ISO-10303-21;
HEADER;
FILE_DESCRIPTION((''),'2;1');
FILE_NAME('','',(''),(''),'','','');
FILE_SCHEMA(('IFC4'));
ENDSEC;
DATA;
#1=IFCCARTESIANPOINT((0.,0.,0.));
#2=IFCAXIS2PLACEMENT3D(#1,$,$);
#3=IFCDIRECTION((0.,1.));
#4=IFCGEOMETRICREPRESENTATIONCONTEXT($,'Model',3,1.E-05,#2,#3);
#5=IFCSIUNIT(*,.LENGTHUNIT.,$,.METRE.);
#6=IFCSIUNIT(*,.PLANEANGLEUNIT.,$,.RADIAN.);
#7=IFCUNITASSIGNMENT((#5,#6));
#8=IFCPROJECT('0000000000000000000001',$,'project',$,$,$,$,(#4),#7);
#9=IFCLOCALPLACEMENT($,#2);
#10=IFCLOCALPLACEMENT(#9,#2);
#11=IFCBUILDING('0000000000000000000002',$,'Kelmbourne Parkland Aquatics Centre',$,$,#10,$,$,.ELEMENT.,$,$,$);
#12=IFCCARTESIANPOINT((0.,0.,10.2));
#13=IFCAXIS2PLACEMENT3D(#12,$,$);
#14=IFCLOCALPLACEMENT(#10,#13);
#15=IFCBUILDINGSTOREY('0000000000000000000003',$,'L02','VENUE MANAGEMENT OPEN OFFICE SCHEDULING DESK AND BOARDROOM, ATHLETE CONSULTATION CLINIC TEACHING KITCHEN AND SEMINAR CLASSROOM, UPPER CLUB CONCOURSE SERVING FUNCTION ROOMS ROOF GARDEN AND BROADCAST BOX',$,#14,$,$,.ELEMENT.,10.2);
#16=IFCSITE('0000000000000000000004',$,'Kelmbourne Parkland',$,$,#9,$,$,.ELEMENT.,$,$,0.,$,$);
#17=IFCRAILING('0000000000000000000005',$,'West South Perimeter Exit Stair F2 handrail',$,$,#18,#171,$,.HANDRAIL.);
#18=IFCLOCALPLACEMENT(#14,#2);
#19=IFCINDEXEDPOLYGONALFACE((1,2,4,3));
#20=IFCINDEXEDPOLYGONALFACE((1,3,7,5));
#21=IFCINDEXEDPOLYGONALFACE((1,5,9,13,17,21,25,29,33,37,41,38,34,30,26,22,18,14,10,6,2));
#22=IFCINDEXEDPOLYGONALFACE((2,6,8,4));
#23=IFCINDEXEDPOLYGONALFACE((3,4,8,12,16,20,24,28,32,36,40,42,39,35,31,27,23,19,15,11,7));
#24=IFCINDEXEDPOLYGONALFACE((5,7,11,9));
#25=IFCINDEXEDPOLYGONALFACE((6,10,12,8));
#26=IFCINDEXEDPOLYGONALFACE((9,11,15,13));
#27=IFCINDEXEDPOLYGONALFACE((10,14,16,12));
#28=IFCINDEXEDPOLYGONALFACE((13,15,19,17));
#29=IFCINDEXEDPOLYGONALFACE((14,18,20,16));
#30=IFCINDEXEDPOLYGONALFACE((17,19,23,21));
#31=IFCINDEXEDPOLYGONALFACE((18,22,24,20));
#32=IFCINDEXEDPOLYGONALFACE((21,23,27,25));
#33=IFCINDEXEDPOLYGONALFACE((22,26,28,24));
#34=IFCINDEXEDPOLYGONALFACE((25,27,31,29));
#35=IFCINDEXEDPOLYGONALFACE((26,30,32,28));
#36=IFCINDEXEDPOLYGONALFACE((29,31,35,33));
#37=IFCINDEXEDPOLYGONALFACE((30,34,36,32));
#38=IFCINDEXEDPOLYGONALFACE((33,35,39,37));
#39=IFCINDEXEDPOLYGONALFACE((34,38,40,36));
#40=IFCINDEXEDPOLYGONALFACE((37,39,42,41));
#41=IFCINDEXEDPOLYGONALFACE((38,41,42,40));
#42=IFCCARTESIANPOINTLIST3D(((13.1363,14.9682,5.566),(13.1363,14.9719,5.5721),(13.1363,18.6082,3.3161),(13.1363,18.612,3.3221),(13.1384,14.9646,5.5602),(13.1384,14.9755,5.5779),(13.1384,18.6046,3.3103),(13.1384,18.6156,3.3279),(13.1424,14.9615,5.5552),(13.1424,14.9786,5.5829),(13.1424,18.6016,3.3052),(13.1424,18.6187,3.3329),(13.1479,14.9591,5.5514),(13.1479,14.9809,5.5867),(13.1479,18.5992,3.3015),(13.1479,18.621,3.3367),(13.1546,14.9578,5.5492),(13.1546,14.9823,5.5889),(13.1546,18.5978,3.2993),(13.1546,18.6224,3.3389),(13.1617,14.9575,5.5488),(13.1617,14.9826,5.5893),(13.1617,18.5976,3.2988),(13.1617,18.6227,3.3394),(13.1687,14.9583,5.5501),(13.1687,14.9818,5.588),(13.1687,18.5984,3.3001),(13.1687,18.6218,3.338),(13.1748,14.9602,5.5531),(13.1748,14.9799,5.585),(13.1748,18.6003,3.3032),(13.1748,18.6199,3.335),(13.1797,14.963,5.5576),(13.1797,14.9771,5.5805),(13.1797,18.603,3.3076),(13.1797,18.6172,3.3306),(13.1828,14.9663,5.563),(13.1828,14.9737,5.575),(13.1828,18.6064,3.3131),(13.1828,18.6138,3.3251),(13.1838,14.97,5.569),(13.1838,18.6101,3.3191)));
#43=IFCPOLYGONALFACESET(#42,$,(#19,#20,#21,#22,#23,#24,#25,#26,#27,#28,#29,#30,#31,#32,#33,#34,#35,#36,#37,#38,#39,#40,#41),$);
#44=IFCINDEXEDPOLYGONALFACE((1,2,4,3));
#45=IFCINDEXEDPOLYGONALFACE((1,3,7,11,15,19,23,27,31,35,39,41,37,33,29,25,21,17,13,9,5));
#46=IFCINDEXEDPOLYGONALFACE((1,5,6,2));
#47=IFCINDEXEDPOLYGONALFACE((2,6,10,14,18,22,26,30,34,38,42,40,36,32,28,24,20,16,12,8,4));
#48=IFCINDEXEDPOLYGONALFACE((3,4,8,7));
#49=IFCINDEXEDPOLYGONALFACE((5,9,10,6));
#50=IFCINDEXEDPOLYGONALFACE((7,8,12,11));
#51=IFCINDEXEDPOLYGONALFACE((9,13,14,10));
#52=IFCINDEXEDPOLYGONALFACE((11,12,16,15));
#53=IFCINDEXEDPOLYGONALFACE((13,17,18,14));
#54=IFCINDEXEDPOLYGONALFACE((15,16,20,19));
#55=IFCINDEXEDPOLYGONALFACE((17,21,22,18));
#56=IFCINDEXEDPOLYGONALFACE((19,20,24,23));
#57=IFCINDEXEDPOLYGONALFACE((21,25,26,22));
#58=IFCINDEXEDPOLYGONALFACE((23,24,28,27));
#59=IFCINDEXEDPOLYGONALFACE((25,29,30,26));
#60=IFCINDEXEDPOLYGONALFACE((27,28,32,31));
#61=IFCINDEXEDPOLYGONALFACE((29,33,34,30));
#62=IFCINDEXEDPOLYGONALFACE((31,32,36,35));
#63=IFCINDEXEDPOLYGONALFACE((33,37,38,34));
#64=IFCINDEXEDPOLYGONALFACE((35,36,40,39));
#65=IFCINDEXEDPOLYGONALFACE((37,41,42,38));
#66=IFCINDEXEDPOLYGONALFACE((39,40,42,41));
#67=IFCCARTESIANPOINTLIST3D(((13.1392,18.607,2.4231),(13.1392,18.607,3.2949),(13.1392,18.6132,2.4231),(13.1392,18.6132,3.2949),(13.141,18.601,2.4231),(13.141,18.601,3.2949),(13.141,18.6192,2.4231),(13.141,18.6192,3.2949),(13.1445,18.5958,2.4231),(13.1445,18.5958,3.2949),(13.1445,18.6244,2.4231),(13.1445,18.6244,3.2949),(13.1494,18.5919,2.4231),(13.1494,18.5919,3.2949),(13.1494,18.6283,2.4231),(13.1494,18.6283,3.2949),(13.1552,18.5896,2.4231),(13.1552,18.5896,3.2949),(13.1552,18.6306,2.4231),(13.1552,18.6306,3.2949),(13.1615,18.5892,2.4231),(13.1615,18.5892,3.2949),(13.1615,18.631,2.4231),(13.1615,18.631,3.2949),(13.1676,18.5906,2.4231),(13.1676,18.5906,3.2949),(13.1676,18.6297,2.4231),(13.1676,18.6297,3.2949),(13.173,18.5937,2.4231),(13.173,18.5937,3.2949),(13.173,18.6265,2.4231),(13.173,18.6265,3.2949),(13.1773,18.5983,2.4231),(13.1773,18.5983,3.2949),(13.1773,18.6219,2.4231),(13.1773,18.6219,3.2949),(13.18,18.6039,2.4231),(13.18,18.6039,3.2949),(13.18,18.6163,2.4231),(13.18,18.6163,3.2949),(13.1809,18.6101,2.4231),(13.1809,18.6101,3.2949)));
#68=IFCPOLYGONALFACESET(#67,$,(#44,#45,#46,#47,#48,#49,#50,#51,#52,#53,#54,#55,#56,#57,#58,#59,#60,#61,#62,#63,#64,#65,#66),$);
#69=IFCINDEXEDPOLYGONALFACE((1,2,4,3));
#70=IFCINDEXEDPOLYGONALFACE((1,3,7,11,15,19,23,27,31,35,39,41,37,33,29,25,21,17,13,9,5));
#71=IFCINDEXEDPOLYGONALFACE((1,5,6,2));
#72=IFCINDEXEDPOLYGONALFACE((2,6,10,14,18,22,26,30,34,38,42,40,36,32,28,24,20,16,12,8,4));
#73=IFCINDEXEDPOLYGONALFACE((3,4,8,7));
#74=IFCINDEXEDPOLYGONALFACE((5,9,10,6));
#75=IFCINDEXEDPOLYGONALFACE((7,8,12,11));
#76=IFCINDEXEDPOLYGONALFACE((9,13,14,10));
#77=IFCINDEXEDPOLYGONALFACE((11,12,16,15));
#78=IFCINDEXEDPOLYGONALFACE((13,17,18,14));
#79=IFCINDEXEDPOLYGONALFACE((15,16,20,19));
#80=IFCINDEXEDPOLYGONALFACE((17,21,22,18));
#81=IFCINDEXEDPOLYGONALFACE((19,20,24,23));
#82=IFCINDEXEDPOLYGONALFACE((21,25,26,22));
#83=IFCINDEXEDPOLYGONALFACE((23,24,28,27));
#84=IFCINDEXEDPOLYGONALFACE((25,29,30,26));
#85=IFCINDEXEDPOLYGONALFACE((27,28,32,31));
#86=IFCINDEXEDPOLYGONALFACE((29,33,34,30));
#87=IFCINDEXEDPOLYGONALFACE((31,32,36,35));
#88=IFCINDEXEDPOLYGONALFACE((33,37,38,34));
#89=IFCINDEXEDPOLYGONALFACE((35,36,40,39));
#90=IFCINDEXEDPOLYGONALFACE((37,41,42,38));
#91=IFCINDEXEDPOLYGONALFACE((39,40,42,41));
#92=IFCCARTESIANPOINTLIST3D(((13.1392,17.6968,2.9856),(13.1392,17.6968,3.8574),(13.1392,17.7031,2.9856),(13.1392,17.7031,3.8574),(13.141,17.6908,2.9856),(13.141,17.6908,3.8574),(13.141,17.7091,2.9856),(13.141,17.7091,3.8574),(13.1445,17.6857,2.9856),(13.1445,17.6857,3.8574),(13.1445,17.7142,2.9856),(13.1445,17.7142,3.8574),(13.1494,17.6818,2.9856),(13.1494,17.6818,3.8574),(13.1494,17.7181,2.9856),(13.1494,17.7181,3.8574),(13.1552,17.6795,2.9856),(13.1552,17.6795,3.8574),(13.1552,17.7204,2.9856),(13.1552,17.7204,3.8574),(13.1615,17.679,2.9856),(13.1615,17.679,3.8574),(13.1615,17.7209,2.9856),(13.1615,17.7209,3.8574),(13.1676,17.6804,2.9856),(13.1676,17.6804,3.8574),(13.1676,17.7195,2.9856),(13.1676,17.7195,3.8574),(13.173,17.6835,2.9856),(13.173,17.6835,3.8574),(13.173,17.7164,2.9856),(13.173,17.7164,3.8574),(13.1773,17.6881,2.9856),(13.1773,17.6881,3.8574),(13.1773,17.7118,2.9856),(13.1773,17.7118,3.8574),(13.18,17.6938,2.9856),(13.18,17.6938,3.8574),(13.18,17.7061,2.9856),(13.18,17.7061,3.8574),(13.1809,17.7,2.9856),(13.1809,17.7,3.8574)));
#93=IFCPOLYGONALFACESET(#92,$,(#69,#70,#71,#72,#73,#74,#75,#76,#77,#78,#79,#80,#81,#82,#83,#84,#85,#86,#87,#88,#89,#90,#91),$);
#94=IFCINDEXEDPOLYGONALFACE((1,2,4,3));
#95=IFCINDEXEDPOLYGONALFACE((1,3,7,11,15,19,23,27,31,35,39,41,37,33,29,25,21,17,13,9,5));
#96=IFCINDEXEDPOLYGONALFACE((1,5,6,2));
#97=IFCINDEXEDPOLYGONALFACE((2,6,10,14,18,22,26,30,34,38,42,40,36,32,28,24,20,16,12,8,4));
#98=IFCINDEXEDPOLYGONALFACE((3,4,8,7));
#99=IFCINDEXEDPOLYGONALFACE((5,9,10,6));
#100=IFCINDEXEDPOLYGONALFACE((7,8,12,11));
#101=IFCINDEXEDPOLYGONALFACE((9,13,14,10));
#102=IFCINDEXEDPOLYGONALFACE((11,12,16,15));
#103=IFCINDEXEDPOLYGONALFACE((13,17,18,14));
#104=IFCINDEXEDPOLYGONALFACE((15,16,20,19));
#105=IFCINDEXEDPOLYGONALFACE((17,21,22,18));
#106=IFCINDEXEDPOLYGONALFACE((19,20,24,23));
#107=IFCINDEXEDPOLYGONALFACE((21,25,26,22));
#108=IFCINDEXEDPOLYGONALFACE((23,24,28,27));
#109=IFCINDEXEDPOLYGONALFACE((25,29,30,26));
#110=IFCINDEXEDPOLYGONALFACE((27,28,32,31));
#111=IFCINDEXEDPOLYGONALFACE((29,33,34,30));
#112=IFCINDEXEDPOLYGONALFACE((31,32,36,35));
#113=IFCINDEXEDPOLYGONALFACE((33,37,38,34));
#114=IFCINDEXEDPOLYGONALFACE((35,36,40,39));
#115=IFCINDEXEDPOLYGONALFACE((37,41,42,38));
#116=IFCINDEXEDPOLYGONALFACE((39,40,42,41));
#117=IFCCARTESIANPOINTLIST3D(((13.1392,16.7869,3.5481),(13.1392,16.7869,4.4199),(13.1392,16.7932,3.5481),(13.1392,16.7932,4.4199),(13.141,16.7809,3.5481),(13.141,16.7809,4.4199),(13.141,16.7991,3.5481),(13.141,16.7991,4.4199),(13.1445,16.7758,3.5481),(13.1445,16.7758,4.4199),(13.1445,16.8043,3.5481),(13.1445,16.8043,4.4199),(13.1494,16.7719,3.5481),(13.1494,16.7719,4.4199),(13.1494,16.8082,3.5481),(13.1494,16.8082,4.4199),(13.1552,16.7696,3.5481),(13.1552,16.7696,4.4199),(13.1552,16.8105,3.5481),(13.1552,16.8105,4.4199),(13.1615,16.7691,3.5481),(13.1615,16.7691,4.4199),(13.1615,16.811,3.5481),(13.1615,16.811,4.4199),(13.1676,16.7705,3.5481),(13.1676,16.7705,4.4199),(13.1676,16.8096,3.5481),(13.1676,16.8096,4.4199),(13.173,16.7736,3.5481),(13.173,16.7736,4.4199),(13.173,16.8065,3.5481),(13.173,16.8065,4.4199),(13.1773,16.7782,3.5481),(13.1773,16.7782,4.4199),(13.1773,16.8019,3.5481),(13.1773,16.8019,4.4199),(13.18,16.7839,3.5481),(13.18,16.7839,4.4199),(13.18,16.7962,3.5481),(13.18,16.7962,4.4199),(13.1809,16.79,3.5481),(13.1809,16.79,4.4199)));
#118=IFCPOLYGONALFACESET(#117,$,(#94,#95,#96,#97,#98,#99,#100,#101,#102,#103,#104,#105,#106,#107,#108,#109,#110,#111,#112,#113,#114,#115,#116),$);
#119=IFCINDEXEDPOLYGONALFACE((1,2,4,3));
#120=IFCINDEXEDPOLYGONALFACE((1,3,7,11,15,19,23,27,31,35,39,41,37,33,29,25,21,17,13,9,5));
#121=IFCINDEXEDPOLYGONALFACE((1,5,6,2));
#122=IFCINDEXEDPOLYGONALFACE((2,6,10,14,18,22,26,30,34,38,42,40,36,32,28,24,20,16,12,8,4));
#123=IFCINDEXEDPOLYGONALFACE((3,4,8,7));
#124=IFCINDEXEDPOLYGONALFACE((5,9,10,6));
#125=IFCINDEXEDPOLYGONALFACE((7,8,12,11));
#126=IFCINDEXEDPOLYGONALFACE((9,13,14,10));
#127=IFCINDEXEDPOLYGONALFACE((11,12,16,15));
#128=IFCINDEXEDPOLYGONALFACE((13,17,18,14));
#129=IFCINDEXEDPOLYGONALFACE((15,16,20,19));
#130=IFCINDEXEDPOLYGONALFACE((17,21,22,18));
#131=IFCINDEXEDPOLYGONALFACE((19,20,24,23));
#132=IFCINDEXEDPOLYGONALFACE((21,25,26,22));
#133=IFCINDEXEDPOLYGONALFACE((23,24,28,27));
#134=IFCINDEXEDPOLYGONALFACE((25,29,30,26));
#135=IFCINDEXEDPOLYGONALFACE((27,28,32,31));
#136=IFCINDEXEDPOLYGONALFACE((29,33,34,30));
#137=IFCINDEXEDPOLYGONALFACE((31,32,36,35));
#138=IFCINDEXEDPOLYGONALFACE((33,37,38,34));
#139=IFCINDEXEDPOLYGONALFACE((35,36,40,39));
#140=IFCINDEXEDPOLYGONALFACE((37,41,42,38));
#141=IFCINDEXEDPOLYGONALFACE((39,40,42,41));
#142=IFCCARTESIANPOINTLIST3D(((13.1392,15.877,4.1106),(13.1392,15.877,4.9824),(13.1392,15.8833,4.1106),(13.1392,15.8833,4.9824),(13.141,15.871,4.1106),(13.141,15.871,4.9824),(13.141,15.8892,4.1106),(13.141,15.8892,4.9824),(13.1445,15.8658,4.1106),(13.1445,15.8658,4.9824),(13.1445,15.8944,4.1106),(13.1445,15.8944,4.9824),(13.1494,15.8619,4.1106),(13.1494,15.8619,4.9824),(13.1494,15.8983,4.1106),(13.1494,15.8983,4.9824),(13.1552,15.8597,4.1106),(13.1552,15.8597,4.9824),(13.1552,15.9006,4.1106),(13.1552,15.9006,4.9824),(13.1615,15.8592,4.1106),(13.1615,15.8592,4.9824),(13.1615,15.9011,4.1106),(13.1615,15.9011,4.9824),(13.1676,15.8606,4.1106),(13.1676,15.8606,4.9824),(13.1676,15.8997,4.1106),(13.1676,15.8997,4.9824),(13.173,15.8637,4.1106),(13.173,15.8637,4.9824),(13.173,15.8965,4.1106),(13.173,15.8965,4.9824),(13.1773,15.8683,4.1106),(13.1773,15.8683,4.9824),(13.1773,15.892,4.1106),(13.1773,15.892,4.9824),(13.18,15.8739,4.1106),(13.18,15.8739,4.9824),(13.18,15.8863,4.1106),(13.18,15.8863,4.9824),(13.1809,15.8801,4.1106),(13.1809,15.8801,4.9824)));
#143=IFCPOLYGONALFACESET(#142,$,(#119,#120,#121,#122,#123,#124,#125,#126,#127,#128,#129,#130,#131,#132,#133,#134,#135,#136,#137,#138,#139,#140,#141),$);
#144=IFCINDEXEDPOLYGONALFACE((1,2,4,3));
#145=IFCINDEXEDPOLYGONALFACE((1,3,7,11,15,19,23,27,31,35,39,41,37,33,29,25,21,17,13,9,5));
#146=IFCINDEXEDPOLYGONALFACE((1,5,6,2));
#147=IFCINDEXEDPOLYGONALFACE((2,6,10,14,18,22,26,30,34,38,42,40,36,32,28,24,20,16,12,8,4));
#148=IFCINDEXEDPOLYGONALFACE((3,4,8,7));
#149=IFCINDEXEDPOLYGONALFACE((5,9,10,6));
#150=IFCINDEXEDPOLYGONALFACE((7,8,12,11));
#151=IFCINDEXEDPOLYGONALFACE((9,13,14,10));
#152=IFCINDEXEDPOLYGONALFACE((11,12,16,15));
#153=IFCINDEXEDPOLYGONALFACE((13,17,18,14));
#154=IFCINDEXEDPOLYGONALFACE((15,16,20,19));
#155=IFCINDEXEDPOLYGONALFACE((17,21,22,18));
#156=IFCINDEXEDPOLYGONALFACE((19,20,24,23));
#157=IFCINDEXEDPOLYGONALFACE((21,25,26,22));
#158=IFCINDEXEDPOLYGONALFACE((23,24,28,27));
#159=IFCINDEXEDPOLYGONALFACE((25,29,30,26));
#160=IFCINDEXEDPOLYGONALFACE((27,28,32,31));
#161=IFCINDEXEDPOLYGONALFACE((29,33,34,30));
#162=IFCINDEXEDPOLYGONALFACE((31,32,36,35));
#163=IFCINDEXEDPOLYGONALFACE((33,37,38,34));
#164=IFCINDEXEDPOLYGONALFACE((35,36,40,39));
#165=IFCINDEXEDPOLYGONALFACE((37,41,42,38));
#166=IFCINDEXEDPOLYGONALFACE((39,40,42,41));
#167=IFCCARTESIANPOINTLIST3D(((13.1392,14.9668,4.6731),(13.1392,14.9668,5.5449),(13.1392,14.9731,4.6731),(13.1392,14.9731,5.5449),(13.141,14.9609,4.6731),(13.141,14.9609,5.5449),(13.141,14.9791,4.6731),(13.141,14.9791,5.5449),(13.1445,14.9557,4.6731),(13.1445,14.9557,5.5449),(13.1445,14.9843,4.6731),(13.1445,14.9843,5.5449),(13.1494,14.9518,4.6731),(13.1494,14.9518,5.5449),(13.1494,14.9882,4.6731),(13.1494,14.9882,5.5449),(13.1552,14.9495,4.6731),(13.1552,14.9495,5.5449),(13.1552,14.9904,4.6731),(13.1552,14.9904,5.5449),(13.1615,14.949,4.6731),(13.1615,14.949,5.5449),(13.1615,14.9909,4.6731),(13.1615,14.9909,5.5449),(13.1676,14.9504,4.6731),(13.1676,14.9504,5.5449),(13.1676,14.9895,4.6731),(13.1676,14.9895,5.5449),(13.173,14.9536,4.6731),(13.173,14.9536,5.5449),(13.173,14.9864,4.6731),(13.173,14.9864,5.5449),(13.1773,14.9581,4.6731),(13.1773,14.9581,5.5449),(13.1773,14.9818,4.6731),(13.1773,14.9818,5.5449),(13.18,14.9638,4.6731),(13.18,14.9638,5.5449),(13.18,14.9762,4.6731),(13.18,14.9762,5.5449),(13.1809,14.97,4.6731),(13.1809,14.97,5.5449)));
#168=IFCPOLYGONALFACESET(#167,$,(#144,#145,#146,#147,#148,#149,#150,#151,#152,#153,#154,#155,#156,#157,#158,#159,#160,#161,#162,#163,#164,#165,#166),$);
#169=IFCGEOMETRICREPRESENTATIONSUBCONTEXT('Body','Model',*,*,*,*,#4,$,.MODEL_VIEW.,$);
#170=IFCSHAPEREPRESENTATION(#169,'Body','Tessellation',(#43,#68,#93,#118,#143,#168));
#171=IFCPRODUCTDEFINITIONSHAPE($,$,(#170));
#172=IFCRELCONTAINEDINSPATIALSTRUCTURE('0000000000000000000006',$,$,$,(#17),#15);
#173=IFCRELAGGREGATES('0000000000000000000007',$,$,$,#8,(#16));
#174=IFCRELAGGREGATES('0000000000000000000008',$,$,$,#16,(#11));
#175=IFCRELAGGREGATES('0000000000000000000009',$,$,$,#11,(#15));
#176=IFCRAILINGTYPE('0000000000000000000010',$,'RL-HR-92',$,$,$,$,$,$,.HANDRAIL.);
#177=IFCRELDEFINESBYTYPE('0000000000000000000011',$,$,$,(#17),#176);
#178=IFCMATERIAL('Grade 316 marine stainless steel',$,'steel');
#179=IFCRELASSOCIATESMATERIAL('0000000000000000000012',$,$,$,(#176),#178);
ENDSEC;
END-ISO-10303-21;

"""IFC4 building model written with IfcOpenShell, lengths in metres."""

from ifc_helpers import new_model, si_unit, direction, frame, origin, origin_2d, place, context, subcontext, project, spatial, circle, extrude, material, type_object, element, save


model = new_model("IFC4")

# Units and contexts
model_context = context("Model", 3, precision=1e-05, world=origin(), true_north=direction((0.0, 1.0)))
body_context = subcontext(model_context, "Body", "Model", "MODEL_VIEW")
ifc_project = project(units=[si_unit("LENGTHUNIT", "METRE"), si_unit("PLANEANGLEUNIT", "RADIAN")], contexts=[model_context])

# Site, building, storey
site_placement = place(None, origin())
site = spatial("IfcSite", under=ifc_project, at=site_placement, Name="Kelmbourne Parkland", CompositionType="ELEMENT", RefElevation=0.0)
building_placement = place(site_placement, origin())
building = spatial("IfcBuilding", under=site, at=building_placement, Name="Kelmbourne Parkland Aquatics Centre", CompositionType="ELEMENT")
storey_placement = place(building_placement, frame((0.0, 0.0, 10.2)))
storey = spatial("IfcBuildingStorey", under=building, at=storey_placement, Name="L02", Description="VENUE MANAGEMENT OPEN OFFICE SCHEDULING DESK AND BOARDROOM, ATHLETE CONSULTATION CLINIC TEACHING KITCHEN AND SEMINAR CLASSROOM, UPPER CLUB CONCOURSE SERVING FUNCTION ROOMS ROOF GARDEN AND BROADCAST BOX", CompositionType="ELEMENT", Elevation=10.2)

# Railing
ifc_material_1 = material(Name="Grade 316 marine stainless steel", Category="steel")
railing_type_1 = type_object("IfcRailingType", Name="RL-HR-92", PredefinedType="HANDRAIL", material=ifc_material_1)
railing_1_placement = place(storey_placement, frame((13.1599, 18.6101, 2.4231)))
element("IfcRailing", 1, at=railing_1_placement, inside=storey, type_object=railing_type_1, Name="West South Perimeter Exit Stair F2 handrail", PredefinedType="HANDRAIL", context=body_context, shape_type="SweptSolid", body=[
    extrude(circle(Radius=0.0239, at=origin_2d()), frame((0.0, 0.0, 0.896), z_axis=(0.0, -0.850622, 0.525777), x_axis=(1.0, 0.0, 0.0)), (0.0, 0.0, 1.0), 4.2793),
    extrude(circle(Radius=0.021, at=origin_2d()), origin(), (0.0, 0.0, 1.0), 0.8718),
    extrude(circle(Radius=0.021, at=origin_2d()), frame((0.0, -0.9102, 0.5625)), (0.0, 0.0, 1.0), 0.8718),
    extrude(circle(Radius=0.021, at=origin_2d()), frame((0.0, -1.8201, 1.125)), (0.0, 0.0, 1.0), 0.8718),
    extrude(circle(Radius=0.021, at=origin_2d()), frame((0.0, -2.73, 1.6875)), (0.0, 0.0, 1.0), 0.8718),
    extrude(circle(Radius=0.021, at=origin_2d()), frame((0.0, -3.6401, 2.25)), (0.0, 0.0, 1.0), 0.8718),
])

save(model, "model.ifc")
